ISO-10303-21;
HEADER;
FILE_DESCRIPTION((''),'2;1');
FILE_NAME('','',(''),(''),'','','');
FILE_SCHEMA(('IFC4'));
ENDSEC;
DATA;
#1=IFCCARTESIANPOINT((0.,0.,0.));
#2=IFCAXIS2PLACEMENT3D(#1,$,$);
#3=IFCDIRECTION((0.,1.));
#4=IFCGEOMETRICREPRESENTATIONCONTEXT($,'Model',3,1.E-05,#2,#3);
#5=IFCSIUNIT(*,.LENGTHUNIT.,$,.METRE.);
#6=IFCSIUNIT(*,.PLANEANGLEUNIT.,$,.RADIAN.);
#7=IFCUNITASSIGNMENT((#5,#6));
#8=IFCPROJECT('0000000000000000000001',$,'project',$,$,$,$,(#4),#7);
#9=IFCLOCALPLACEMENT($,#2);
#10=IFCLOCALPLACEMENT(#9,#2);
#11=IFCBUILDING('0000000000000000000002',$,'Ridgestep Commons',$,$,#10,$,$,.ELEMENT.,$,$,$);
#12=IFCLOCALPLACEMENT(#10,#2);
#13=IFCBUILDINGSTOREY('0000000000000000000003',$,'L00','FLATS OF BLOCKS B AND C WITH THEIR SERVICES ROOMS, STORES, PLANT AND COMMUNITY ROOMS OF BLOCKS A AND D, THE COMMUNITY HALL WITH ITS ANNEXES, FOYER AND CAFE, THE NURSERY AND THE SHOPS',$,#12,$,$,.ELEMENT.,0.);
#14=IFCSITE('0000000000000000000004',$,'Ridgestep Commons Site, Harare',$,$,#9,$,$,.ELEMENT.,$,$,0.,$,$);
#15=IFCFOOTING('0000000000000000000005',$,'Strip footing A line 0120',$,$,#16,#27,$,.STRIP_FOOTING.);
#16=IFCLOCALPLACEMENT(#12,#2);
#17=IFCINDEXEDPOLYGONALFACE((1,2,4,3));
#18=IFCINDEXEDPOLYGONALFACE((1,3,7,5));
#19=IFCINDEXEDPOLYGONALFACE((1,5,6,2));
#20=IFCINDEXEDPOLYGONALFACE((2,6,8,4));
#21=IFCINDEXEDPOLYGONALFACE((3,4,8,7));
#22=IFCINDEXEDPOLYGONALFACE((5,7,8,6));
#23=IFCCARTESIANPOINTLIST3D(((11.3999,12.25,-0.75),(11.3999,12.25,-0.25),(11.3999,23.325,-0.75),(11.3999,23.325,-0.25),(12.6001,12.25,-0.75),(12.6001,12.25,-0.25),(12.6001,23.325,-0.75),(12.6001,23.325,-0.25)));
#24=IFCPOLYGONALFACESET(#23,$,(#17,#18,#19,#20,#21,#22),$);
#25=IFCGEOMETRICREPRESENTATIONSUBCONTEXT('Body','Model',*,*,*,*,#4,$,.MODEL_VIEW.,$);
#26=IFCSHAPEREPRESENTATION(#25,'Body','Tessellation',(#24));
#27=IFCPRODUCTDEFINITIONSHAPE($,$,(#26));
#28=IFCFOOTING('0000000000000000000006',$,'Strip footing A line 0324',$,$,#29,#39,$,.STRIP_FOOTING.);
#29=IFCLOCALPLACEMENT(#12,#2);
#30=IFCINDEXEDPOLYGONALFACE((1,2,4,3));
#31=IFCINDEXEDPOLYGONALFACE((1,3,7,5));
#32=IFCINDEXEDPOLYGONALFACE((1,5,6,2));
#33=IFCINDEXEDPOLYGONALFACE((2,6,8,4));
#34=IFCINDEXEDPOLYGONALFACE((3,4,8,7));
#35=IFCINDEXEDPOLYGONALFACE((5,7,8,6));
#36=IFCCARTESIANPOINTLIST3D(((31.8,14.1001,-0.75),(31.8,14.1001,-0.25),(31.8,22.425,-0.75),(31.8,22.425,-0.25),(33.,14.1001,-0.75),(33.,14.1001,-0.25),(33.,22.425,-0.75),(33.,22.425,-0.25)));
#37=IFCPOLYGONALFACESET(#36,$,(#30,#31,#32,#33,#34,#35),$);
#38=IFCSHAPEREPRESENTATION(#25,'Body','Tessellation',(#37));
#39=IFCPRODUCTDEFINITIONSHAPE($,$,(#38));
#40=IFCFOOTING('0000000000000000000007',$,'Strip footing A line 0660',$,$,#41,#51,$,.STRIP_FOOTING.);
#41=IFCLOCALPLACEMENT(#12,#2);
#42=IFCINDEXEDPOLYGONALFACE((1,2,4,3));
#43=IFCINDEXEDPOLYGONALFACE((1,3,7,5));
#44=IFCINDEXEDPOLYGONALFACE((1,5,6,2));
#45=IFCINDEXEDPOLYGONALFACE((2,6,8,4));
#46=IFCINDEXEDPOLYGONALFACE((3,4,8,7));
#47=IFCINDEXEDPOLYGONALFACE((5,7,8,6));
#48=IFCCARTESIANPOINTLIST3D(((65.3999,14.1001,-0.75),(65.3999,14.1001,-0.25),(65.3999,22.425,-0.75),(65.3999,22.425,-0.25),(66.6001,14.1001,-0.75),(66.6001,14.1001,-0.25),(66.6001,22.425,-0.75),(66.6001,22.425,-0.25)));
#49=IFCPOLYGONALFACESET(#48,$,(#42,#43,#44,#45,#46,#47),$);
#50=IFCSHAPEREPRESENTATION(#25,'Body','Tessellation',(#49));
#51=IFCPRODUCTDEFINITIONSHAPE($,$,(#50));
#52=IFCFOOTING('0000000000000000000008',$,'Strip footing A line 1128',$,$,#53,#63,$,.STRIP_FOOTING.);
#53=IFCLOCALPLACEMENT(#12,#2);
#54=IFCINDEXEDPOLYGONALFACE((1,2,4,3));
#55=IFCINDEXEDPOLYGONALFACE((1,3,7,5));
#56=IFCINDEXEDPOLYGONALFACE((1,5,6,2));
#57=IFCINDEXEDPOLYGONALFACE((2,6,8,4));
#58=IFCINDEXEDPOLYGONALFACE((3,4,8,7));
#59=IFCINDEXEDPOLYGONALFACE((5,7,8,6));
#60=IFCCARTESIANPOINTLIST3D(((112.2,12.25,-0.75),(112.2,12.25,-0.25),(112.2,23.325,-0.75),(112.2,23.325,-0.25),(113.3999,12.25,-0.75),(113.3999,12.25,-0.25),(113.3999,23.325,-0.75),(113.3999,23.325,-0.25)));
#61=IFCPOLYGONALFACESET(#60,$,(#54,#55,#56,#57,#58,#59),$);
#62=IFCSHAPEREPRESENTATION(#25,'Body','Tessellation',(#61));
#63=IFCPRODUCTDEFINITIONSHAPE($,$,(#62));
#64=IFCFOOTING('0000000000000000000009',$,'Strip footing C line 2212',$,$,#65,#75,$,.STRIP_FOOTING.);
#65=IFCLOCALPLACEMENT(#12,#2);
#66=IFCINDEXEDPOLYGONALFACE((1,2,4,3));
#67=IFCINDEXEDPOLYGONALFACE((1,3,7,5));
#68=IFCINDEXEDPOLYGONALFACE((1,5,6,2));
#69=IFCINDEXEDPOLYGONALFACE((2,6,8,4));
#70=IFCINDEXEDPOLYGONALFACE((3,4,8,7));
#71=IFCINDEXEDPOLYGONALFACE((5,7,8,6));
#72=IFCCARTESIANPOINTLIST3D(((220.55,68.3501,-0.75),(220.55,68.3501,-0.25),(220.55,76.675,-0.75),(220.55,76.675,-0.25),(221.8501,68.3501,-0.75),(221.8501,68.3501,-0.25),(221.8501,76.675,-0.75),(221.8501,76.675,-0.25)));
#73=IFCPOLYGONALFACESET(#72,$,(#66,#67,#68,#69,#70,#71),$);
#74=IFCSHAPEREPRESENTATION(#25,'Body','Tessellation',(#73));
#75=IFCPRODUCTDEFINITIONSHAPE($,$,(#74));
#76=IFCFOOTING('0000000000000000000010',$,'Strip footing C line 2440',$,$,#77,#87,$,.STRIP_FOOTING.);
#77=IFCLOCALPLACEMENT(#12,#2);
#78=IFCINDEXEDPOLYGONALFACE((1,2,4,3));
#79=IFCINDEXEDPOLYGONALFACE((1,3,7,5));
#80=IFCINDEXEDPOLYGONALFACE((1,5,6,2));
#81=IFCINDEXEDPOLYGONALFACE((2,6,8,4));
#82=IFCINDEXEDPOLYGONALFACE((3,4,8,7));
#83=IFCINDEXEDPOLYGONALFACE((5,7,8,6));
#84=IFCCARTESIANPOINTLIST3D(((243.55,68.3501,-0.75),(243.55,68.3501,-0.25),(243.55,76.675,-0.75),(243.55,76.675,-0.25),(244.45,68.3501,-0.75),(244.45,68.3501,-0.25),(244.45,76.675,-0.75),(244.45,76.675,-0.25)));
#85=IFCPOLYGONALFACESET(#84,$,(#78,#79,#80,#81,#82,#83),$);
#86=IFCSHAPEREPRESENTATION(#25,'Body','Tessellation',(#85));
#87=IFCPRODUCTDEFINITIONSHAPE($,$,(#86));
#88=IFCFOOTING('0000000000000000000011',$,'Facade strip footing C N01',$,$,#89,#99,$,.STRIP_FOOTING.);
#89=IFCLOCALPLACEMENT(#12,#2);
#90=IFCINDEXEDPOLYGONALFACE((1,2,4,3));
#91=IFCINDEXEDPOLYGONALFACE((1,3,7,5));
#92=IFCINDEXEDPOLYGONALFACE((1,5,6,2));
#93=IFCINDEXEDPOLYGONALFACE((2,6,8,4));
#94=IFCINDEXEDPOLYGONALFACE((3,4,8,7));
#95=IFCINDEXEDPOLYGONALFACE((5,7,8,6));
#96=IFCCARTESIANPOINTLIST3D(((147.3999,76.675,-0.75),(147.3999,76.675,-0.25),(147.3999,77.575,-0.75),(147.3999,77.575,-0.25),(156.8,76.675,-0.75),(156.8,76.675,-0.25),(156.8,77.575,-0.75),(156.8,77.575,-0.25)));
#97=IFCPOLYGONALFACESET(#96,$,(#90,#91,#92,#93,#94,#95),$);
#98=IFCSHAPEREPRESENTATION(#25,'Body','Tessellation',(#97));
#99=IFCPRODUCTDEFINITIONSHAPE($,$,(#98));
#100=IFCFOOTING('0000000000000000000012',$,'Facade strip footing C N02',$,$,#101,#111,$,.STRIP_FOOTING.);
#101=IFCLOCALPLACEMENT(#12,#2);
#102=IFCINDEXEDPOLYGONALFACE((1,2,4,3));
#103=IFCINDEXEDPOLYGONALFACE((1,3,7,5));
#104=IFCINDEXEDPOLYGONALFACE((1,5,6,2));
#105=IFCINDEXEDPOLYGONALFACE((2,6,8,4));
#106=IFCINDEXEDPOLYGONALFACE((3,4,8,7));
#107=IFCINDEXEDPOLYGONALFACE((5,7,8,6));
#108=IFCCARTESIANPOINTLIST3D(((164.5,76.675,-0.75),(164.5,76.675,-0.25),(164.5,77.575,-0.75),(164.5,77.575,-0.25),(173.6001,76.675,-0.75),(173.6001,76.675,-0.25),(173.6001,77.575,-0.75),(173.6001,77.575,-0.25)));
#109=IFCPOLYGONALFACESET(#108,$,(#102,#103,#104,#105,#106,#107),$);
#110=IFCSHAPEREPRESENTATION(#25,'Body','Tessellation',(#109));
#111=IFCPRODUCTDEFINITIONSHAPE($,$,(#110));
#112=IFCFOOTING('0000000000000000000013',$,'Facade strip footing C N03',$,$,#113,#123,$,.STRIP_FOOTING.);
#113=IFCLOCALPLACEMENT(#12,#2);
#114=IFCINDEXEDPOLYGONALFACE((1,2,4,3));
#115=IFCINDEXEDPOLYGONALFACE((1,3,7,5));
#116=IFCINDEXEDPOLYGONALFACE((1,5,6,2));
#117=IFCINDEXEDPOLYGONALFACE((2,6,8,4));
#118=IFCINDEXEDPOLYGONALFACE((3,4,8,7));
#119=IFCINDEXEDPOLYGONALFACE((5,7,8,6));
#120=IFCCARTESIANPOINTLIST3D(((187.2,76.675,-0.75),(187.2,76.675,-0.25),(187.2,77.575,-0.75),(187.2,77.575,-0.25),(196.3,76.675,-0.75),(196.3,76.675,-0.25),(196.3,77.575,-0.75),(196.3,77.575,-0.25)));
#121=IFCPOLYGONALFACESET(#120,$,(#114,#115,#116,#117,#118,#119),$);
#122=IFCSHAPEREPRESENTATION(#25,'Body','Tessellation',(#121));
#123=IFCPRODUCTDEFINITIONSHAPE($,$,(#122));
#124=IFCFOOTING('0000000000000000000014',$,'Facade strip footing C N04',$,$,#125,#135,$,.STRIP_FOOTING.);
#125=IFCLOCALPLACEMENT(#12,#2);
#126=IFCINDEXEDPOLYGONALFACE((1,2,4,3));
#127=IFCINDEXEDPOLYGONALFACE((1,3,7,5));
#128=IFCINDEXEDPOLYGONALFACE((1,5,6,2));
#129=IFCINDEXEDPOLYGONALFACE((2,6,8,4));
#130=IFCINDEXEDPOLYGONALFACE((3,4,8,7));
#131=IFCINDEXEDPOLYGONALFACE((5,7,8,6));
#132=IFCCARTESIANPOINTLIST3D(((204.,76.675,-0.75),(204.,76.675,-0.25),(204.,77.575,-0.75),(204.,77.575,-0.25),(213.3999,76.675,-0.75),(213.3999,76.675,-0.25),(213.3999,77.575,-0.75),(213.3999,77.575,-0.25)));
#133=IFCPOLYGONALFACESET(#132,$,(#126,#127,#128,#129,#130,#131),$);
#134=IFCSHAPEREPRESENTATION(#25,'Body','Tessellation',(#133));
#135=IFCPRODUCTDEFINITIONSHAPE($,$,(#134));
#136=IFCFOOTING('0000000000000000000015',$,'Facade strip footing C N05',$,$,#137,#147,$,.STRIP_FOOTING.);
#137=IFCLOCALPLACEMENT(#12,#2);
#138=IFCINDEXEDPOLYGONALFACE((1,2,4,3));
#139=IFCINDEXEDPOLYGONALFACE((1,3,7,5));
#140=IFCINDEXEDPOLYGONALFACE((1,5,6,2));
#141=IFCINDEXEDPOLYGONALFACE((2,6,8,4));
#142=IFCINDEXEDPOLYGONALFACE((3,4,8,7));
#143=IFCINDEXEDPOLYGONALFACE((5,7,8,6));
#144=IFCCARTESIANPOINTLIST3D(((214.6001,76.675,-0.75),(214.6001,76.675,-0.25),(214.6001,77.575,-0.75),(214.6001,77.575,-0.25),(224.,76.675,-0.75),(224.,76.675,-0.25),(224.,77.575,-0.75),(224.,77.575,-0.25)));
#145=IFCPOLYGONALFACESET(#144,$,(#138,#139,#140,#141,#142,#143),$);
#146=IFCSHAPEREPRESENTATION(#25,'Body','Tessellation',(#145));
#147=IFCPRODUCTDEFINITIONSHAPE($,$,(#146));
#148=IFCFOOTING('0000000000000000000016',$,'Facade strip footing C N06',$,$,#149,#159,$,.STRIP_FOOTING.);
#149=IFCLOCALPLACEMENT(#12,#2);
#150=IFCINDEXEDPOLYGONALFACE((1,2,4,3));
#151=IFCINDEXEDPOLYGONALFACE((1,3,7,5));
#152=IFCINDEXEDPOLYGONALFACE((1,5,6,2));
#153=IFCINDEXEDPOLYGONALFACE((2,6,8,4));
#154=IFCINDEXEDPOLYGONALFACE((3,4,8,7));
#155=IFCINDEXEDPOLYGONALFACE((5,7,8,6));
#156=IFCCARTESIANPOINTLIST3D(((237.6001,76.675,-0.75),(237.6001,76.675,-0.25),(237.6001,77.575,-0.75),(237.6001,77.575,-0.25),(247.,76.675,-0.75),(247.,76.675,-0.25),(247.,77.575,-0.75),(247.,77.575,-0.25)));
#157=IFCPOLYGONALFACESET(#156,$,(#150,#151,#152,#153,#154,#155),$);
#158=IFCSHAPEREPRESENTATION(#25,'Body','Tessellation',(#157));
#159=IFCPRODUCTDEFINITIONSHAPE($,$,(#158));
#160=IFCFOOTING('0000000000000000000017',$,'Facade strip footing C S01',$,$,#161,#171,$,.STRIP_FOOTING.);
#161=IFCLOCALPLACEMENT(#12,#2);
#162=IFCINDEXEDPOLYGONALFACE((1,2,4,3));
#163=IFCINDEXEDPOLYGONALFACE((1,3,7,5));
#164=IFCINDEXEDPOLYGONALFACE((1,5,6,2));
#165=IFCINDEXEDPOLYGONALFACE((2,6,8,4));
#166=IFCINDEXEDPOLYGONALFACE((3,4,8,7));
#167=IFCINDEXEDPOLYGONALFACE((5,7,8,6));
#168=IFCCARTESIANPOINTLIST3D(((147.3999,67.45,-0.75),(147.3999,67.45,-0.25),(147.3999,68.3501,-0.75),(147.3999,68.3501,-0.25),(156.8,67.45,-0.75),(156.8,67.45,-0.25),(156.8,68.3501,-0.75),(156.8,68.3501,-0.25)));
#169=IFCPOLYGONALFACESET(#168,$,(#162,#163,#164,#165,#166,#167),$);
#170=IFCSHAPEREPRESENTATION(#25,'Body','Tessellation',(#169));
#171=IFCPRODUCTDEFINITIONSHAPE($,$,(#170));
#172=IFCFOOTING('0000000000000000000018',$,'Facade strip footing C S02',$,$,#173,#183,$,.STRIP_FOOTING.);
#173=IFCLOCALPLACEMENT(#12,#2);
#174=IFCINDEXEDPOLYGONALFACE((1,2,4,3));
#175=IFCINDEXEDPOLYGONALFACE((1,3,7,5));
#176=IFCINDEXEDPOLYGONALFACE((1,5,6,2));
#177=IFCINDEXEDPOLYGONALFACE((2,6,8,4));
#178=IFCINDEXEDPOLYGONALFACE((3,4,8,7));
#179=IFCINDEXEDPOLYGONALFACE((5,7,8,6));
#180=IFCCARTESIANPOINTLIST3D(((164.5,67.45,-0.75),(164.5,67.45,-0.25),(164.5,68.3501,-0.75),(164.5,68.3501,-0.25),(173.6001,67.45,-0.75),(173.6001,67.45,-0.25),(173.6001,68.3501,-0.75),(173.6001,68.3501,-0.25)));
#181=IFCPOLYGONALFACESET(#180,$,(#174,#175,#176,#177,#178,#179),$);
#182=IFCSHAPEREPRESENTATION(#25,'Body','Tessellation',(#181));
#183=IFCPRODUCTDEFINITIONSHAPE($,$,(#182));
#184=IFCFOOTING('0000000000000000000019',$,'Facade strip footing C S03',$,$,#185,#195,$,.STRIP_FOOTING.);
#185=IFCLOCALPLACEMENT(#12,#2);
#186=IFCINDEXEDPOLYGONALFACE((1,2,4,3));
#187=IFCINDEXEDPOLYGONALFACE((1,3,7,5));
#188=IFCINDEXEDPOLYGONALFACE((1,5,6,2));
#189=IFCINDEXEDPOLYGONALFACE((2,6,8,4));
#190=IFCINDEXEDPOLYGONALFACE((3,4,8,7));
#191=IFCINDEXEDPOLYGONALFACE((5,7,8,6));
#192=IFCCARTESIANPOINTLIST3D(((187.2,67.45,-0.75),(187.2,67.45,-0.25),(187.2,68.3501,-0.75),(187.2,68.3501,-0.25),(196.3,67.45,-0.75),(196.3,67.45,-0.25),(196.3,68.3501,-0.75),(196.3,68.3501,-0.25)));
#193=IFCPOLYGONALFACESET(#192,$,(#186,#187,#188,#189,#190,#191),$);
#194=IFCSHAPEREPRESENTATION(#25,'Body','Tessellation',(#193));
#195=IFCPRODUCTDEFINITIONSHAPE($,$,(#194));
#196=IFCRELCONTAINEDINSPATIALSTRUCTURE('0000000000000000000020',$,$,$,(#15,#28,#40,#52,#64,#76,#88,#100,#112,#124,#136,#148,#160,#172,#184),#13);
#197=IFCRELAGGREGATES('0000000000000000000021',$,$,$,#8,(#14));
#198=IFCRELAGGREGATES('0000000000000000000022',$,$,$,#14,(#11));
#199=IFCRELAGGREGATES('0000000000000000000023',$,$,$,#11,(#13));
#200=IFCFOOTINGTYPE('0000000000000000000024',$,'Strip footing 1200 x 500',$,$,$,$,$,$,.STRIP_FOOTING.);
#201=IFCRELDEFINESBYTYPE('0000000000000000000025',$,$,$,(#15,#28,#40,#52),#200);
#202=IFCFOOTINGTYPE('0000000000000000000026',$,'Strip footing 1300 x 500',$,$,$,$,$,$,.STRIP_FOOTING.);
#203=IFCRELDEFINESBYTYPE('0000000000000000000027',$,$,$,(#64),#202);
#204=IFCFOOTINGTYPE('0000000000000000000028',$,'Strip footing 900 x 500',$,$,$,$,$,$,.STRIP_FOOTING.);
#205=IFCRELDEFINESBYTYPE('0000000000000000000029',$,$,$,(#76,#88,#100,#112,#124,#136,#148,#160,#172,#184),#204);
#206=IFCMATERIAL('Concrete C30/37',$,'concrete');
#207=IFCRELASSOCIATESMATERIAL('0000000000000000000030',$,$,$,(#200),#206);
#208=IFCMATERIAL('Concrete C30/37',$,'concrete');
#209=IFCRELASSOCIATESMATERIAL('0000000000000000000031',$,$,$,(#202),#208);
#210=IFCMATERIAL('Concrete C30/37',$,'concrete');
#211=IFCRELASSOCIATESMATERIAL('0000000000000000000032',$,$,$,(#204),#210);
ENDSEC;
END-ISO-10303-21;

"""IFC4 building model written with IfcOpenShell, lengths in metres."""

from ifc_helpers import new_model, si_unit, direction, frame, origin, place, context, subcontext, project, spatial, polyline, outline, extrude, material, type_object, element, save


model = new_model("IFC4")

# Units and contexts
model_context = context("Model", 3, precision=1e-05, world=origin(), true_north=direction((0.0, 1.0)))
body_context = subcontext(model_context, "Body", "Model", "MODEL_VIEW")
ifc_project = project(units=[si_unit("LENGTHUNIT", "METRE"), si_unit("PLANEANGLEUNIT", "RADIAN")], contexts=[model_context])

# Site, building, storey
site_placement = place(None, origin())
site = spatial("IfcSite", under=ifc_project, at=site_placement, Name="Ridgestep Commons Site, Harare", CompositionType="ELEMENT", RefElevation=0.0)
building_placement = place(site_placement, origin())
building = spatial("IfcBuilding", under=site, at=building_placement, Name="Ridgestep Commons", CompositionType="ELEMENT")
storey_placement = place(building_placement, origin())
storey = spatial("IfcBuildingStorey", under=building, at=storey_placement, Name="L00", Description="FLATS OF BLOCKS B AND C WITH THEIR SERVICES ROOMS, STORES, PLANT AND COMMUNITY ROOMS OF BLOCKS A AND D, THE COMMUNITY HALL WITH ITS ANNEXES, FOYER AND CAFE, THE NURSERY AND THE SHOPS", CompositionType="ELEMENT", Elevation=0.0)

# Footings
ifc_material_1 = material(Name="Concrete C30/37", Category="concrete")
footing_type_1 = type_object("IfcFootingType", Name="Strip footing 1200 x 500", PredefinedType="STRIP_FOOTING", material=ifc_material_1)
footing_1_placement = place(storey_placement, frame((0.0, 0.0, -0.75)))
element("IfcFooting", 1, at=footing_1_placement, inside=storey, type_object=footing_type_1, Name="Strip footing A line 0120", PredefinedType="STRIP_FOOTING", context=body_context, shape_type="SweptSolid", body=[
    extrude(outline(polyline([(12.6001, 12.25), (12.6001, 23.325), (11.3999, 23.325), (11.3999, 12.25), (12.6001, 12.25)])), origin(), (0.0, 0.0, 1.0), 0.5),
])
footing_2_placement = place(storey_placement, frame((0.0, 0.0, -0.75)))
element("IfcFooting", 2, at=footing_2_placement, inside=storey, type_object=footing_type_1, Name="Strip footing A line 0324", PredefinedType="STRIP_FOOTING", context=body_context, shape_type="SweptSolid", body=[
    extrude(outline(polyline([(33.0, 14.1001), (33.0, 22.425), (31.8, 22.425), (31.8, 14.1001), (33.0, 14.1001)])), origin(), (0.0, 0.0, 1.0), 0.5),
])
footing_3_placement = place(storey_placement, frame((0.0, 0.0, -0.75)))
element("IfcFooting", 3, at=footing_3_placement, inside=storey, type_object=footing_type_1, Name="Strip footing A line 0660", PredefinedType="STRIP_FOOTING", context=body_context, shape_type="SweptSolid", body=[
    extrude(outline(polyline([(66.6001, 14.1001), (66.6001, 22.425), (65.3999, 22.425), (65.3999, 14.1001), (66.6001, 14.1001)])), origin(), (0.0, 0.0, 1.0), 0.5),
])
footing_4_placement = place(storey_placement, frame((0.0, 0.0, -0.75)))
element("IfcFooting", 4, at=footing_4_placement, inside=storey, type_object=footing_type_1, Name="Strip footing A line 1128", PredefinedType="STRIP_FOOTING", context=body_context, shape_type="SweptSolid", body=[
    extrude(outline(polyline([(113.3999, 12.25), (113.3999, 23.325), (112.2, 23.325), (112.2, 12.25), (113.3999, 12.25)])), origin(), (0.0, 0.0, 1.0), 0.5),
])
ifc_material_2 = material(Name="Concrete C30/37", Category="concrete")
footing_type_2 = type_object("IfcFootingType", Name="Strip footing 1300 x 500", PredefinedType="STRIP_FOOTING", material=ifc_material_2)
footing_5_placement = place(storey_placement, frame((0.0, 0.0, -0.75)))
element("IfcFooting", 5, at=footing_5_placement, inside=storey, type_object=footing_type_2, Name="Strip footing C line 2212", PredefinedType="STRIP_FOOTING", context=body_context, shape_type="SweptSolid", body=[
    extrude(outline(polyline([(221.8501, 68.3501), (221.8501, 76.675), (220.55, 76.675), (220.55, 68.3501), (221.8501, 68.3501)])), origin(), (0.0, 0.0, 1.0), 0.5),
])
ifc_material_3 = material(Name="Concrete C30/37", Category="concrete")
footing_type_3 = type_object("IfcFootingType", Name="Strip footing 900 x 500", PredefinedType="STRIP_FOOTING", material=ifc_material_3)
footing_6_placement = place(storey_placement, frame((0.0, 0.0, -0.75)))
element("IfcFooting", 6, at=footing_6_placement, inside=storey, type_object=footing_type_3, Name="Strip footing C line 2440", PredefinedType="STRIP_FOOTING", context=body_context, shape_type="SweptSolid", body=[
    extrude(outline(polyline([(244.45, 68.3501), (244.45, 76.675), (243.55, 76.675), (243.55, 68.3501), (244.45, 68.3501)])), origin(), (0.0, 0.0, 1.0), 0.5),
])
footing_7_placement = place(storey_placement, frame((0.0, 0.0, -0.75)))
element("IfcFooting", 7, at=footing_7_placement, inside=storey, type_object=footing_type_3, Name="Facade strip footing C N01", PredefinedType="STRIP_FOOTING", context=body_context, shape_type="SweptSolid", body=[
    extrude(outline(polyline([(156.8, 76.675), (156.8, 77.575), (147.3999, 77.575), (147.3999, 76.675), (156.8, 76.675)])), origin(), (0.0, 0.0, 1.0), 0.5),
])
footing_8_placement = place(storey_placement, frame((0.0, 0.0, -0.75)))
element("IfcFooting", 8, at=footing_8_placement, inside=storey, type_object=footing_type_3, Name="Facade strip footing C N02", PredefinedType="STRIP_FOOTING", context=body_context, shape_type="SweptSolid", body=[
    extrude(outline(polyline([(173.6001, 76.675), (173.6001, 77.575), (164.5, 77.575), (164.5, 76.675), (173.6001, 76.675)])), origin(), (0.0, 0.0, 1.0), 0.5),
])
footing_9_placement = place(storey_placement, frame((0.0, 0.0, -0.75)))
element("IfcFooting", 9, at=footing_9_placement, inside=storey, type_object=footing_type_3, Name="Facade strip footing C N03", PredefinedType="STRIP_FOOTING", context=body_context, shape_type="SweptSolid", body=[
    extrude(outline(polyline([(196.3, 76.675), (196.3, 77.575), (187.2, 77.575), (187.2, 76.675), (196.3, 76.675)])), origin(), (0.0, 0.0, 1.0), 0.5),
])
footing_10_placement = place(storey_placement, frame((0.0, 0.0, -0.75)))
element("IfcFooting", 10, at=footing_10_placement, inside=storey, type_object=footing_type_3, Name="Facade strip footing C N04", PredefinedType="STRIP_FOOTING", context=body_context, shape_type="SweptSolid", body=[
    extrude(outline(polyline([(213.3999, 76.675), (213.3999, 77.575), (204.0, 77.575), (204.0, 76.675), (213.3999, 76.675)])), origin(), (0.0, 0.0, 1.0), 0.5),
])
footing_11_placement = place(storey_placement, frame((0.0, 0.0, -0.75)))
element("IfcFooting", 11, at=footing_11_placement, inside=storey, type_object=footing_type_3, Name="Facade strip footing C N05", PredefinedType="STRIP_FOOTING", context=body_context, shape_type="SweptSolid", body=[
    extrude(outline(polyline([(224.0, 76.675), (224.0, 77.575), (214.6001, 77.575), (214.6001, 76.675), (224.0, 76.675)])), origin(), (0.0, 0.0, 1.0), 0.5),
])
footing_12_placement = place(storey_placement, frame((0.0, 0.0, -0.75)))
element("IfcFooting", 12, at=footing_12_placement, inside=storey, type_object=footing_type_3, Name="Facade strip footing C N06", PredefinedType="STRIP_FOOTING", context=body_context, shape_type="SweptSolid", body=[
    extrude(outline(polyline([(247.0, 76.675), (247.0, 77.575), (237.6001, 77.575), (237.6001, 76.675), (247.0, 76.675)])), origin(), (0.0, 0.0, 1.0), 0.5),
])
footing_13_placement = place(storey_placement, frame((0.0, 0.0, -0.75)))
element("IfcFooting", 13, at=footing_13_placement, inside=storey, type_object=footing_type_3, Name="Facade strip footing C S01", PredefinedType="STRIP_FOOTING", context=body_context, shape_type="SweptSolid", body=[
    extrude(outline(polyline([(156.8, 67.45), (156.8, 68.3501), (147.3999, 68.3501), (147.3999, 67.45), (156.8, 67.45)])), origin(), (0.0, 0.0, 1.0), 0.5),
])
footing_14_placement = place(storey_placement, frame((0.0, 0.0, -0.75)))
element("IfcFooting", 14, at=footing_14_placement, inside=storey, type_object=footing_type_3, Name="Facade strip footing C S02", PredefinedType="STRIP_FOOTING", context=body_context, shape_type="SweptSolid", body=[
    extrude(outline(polyline([(173.6001, 67.45), (173.6001, 68.3501), (164.5, 68.3501), (164.5, 67.45), (173.6001, 67.45)])), origin(), (0.0, 0.0, 1.0), 0.5),
])
footing_15_placement = place(storey_placement, frame((0.0, 0.0, -0.75)))
element("IfcFooting", 15, at=footing_15_placement, inside=storey, type_object=footing_type_3, Name="Facade strip footing C S03", PredefinedType="STRIP_FOOTING", context=body_context, shape_type="SweptSolid", body=[
    extrude(outline(polyline([(196.3, 67.45), (196.3, 68.3501), (187.2, 68.3501), (187.2, 67.45), (196.3, 67.45)])), origin(), (0.0, 0.0, 1.0), 0.5),
])

save(model, "model.ifc")
